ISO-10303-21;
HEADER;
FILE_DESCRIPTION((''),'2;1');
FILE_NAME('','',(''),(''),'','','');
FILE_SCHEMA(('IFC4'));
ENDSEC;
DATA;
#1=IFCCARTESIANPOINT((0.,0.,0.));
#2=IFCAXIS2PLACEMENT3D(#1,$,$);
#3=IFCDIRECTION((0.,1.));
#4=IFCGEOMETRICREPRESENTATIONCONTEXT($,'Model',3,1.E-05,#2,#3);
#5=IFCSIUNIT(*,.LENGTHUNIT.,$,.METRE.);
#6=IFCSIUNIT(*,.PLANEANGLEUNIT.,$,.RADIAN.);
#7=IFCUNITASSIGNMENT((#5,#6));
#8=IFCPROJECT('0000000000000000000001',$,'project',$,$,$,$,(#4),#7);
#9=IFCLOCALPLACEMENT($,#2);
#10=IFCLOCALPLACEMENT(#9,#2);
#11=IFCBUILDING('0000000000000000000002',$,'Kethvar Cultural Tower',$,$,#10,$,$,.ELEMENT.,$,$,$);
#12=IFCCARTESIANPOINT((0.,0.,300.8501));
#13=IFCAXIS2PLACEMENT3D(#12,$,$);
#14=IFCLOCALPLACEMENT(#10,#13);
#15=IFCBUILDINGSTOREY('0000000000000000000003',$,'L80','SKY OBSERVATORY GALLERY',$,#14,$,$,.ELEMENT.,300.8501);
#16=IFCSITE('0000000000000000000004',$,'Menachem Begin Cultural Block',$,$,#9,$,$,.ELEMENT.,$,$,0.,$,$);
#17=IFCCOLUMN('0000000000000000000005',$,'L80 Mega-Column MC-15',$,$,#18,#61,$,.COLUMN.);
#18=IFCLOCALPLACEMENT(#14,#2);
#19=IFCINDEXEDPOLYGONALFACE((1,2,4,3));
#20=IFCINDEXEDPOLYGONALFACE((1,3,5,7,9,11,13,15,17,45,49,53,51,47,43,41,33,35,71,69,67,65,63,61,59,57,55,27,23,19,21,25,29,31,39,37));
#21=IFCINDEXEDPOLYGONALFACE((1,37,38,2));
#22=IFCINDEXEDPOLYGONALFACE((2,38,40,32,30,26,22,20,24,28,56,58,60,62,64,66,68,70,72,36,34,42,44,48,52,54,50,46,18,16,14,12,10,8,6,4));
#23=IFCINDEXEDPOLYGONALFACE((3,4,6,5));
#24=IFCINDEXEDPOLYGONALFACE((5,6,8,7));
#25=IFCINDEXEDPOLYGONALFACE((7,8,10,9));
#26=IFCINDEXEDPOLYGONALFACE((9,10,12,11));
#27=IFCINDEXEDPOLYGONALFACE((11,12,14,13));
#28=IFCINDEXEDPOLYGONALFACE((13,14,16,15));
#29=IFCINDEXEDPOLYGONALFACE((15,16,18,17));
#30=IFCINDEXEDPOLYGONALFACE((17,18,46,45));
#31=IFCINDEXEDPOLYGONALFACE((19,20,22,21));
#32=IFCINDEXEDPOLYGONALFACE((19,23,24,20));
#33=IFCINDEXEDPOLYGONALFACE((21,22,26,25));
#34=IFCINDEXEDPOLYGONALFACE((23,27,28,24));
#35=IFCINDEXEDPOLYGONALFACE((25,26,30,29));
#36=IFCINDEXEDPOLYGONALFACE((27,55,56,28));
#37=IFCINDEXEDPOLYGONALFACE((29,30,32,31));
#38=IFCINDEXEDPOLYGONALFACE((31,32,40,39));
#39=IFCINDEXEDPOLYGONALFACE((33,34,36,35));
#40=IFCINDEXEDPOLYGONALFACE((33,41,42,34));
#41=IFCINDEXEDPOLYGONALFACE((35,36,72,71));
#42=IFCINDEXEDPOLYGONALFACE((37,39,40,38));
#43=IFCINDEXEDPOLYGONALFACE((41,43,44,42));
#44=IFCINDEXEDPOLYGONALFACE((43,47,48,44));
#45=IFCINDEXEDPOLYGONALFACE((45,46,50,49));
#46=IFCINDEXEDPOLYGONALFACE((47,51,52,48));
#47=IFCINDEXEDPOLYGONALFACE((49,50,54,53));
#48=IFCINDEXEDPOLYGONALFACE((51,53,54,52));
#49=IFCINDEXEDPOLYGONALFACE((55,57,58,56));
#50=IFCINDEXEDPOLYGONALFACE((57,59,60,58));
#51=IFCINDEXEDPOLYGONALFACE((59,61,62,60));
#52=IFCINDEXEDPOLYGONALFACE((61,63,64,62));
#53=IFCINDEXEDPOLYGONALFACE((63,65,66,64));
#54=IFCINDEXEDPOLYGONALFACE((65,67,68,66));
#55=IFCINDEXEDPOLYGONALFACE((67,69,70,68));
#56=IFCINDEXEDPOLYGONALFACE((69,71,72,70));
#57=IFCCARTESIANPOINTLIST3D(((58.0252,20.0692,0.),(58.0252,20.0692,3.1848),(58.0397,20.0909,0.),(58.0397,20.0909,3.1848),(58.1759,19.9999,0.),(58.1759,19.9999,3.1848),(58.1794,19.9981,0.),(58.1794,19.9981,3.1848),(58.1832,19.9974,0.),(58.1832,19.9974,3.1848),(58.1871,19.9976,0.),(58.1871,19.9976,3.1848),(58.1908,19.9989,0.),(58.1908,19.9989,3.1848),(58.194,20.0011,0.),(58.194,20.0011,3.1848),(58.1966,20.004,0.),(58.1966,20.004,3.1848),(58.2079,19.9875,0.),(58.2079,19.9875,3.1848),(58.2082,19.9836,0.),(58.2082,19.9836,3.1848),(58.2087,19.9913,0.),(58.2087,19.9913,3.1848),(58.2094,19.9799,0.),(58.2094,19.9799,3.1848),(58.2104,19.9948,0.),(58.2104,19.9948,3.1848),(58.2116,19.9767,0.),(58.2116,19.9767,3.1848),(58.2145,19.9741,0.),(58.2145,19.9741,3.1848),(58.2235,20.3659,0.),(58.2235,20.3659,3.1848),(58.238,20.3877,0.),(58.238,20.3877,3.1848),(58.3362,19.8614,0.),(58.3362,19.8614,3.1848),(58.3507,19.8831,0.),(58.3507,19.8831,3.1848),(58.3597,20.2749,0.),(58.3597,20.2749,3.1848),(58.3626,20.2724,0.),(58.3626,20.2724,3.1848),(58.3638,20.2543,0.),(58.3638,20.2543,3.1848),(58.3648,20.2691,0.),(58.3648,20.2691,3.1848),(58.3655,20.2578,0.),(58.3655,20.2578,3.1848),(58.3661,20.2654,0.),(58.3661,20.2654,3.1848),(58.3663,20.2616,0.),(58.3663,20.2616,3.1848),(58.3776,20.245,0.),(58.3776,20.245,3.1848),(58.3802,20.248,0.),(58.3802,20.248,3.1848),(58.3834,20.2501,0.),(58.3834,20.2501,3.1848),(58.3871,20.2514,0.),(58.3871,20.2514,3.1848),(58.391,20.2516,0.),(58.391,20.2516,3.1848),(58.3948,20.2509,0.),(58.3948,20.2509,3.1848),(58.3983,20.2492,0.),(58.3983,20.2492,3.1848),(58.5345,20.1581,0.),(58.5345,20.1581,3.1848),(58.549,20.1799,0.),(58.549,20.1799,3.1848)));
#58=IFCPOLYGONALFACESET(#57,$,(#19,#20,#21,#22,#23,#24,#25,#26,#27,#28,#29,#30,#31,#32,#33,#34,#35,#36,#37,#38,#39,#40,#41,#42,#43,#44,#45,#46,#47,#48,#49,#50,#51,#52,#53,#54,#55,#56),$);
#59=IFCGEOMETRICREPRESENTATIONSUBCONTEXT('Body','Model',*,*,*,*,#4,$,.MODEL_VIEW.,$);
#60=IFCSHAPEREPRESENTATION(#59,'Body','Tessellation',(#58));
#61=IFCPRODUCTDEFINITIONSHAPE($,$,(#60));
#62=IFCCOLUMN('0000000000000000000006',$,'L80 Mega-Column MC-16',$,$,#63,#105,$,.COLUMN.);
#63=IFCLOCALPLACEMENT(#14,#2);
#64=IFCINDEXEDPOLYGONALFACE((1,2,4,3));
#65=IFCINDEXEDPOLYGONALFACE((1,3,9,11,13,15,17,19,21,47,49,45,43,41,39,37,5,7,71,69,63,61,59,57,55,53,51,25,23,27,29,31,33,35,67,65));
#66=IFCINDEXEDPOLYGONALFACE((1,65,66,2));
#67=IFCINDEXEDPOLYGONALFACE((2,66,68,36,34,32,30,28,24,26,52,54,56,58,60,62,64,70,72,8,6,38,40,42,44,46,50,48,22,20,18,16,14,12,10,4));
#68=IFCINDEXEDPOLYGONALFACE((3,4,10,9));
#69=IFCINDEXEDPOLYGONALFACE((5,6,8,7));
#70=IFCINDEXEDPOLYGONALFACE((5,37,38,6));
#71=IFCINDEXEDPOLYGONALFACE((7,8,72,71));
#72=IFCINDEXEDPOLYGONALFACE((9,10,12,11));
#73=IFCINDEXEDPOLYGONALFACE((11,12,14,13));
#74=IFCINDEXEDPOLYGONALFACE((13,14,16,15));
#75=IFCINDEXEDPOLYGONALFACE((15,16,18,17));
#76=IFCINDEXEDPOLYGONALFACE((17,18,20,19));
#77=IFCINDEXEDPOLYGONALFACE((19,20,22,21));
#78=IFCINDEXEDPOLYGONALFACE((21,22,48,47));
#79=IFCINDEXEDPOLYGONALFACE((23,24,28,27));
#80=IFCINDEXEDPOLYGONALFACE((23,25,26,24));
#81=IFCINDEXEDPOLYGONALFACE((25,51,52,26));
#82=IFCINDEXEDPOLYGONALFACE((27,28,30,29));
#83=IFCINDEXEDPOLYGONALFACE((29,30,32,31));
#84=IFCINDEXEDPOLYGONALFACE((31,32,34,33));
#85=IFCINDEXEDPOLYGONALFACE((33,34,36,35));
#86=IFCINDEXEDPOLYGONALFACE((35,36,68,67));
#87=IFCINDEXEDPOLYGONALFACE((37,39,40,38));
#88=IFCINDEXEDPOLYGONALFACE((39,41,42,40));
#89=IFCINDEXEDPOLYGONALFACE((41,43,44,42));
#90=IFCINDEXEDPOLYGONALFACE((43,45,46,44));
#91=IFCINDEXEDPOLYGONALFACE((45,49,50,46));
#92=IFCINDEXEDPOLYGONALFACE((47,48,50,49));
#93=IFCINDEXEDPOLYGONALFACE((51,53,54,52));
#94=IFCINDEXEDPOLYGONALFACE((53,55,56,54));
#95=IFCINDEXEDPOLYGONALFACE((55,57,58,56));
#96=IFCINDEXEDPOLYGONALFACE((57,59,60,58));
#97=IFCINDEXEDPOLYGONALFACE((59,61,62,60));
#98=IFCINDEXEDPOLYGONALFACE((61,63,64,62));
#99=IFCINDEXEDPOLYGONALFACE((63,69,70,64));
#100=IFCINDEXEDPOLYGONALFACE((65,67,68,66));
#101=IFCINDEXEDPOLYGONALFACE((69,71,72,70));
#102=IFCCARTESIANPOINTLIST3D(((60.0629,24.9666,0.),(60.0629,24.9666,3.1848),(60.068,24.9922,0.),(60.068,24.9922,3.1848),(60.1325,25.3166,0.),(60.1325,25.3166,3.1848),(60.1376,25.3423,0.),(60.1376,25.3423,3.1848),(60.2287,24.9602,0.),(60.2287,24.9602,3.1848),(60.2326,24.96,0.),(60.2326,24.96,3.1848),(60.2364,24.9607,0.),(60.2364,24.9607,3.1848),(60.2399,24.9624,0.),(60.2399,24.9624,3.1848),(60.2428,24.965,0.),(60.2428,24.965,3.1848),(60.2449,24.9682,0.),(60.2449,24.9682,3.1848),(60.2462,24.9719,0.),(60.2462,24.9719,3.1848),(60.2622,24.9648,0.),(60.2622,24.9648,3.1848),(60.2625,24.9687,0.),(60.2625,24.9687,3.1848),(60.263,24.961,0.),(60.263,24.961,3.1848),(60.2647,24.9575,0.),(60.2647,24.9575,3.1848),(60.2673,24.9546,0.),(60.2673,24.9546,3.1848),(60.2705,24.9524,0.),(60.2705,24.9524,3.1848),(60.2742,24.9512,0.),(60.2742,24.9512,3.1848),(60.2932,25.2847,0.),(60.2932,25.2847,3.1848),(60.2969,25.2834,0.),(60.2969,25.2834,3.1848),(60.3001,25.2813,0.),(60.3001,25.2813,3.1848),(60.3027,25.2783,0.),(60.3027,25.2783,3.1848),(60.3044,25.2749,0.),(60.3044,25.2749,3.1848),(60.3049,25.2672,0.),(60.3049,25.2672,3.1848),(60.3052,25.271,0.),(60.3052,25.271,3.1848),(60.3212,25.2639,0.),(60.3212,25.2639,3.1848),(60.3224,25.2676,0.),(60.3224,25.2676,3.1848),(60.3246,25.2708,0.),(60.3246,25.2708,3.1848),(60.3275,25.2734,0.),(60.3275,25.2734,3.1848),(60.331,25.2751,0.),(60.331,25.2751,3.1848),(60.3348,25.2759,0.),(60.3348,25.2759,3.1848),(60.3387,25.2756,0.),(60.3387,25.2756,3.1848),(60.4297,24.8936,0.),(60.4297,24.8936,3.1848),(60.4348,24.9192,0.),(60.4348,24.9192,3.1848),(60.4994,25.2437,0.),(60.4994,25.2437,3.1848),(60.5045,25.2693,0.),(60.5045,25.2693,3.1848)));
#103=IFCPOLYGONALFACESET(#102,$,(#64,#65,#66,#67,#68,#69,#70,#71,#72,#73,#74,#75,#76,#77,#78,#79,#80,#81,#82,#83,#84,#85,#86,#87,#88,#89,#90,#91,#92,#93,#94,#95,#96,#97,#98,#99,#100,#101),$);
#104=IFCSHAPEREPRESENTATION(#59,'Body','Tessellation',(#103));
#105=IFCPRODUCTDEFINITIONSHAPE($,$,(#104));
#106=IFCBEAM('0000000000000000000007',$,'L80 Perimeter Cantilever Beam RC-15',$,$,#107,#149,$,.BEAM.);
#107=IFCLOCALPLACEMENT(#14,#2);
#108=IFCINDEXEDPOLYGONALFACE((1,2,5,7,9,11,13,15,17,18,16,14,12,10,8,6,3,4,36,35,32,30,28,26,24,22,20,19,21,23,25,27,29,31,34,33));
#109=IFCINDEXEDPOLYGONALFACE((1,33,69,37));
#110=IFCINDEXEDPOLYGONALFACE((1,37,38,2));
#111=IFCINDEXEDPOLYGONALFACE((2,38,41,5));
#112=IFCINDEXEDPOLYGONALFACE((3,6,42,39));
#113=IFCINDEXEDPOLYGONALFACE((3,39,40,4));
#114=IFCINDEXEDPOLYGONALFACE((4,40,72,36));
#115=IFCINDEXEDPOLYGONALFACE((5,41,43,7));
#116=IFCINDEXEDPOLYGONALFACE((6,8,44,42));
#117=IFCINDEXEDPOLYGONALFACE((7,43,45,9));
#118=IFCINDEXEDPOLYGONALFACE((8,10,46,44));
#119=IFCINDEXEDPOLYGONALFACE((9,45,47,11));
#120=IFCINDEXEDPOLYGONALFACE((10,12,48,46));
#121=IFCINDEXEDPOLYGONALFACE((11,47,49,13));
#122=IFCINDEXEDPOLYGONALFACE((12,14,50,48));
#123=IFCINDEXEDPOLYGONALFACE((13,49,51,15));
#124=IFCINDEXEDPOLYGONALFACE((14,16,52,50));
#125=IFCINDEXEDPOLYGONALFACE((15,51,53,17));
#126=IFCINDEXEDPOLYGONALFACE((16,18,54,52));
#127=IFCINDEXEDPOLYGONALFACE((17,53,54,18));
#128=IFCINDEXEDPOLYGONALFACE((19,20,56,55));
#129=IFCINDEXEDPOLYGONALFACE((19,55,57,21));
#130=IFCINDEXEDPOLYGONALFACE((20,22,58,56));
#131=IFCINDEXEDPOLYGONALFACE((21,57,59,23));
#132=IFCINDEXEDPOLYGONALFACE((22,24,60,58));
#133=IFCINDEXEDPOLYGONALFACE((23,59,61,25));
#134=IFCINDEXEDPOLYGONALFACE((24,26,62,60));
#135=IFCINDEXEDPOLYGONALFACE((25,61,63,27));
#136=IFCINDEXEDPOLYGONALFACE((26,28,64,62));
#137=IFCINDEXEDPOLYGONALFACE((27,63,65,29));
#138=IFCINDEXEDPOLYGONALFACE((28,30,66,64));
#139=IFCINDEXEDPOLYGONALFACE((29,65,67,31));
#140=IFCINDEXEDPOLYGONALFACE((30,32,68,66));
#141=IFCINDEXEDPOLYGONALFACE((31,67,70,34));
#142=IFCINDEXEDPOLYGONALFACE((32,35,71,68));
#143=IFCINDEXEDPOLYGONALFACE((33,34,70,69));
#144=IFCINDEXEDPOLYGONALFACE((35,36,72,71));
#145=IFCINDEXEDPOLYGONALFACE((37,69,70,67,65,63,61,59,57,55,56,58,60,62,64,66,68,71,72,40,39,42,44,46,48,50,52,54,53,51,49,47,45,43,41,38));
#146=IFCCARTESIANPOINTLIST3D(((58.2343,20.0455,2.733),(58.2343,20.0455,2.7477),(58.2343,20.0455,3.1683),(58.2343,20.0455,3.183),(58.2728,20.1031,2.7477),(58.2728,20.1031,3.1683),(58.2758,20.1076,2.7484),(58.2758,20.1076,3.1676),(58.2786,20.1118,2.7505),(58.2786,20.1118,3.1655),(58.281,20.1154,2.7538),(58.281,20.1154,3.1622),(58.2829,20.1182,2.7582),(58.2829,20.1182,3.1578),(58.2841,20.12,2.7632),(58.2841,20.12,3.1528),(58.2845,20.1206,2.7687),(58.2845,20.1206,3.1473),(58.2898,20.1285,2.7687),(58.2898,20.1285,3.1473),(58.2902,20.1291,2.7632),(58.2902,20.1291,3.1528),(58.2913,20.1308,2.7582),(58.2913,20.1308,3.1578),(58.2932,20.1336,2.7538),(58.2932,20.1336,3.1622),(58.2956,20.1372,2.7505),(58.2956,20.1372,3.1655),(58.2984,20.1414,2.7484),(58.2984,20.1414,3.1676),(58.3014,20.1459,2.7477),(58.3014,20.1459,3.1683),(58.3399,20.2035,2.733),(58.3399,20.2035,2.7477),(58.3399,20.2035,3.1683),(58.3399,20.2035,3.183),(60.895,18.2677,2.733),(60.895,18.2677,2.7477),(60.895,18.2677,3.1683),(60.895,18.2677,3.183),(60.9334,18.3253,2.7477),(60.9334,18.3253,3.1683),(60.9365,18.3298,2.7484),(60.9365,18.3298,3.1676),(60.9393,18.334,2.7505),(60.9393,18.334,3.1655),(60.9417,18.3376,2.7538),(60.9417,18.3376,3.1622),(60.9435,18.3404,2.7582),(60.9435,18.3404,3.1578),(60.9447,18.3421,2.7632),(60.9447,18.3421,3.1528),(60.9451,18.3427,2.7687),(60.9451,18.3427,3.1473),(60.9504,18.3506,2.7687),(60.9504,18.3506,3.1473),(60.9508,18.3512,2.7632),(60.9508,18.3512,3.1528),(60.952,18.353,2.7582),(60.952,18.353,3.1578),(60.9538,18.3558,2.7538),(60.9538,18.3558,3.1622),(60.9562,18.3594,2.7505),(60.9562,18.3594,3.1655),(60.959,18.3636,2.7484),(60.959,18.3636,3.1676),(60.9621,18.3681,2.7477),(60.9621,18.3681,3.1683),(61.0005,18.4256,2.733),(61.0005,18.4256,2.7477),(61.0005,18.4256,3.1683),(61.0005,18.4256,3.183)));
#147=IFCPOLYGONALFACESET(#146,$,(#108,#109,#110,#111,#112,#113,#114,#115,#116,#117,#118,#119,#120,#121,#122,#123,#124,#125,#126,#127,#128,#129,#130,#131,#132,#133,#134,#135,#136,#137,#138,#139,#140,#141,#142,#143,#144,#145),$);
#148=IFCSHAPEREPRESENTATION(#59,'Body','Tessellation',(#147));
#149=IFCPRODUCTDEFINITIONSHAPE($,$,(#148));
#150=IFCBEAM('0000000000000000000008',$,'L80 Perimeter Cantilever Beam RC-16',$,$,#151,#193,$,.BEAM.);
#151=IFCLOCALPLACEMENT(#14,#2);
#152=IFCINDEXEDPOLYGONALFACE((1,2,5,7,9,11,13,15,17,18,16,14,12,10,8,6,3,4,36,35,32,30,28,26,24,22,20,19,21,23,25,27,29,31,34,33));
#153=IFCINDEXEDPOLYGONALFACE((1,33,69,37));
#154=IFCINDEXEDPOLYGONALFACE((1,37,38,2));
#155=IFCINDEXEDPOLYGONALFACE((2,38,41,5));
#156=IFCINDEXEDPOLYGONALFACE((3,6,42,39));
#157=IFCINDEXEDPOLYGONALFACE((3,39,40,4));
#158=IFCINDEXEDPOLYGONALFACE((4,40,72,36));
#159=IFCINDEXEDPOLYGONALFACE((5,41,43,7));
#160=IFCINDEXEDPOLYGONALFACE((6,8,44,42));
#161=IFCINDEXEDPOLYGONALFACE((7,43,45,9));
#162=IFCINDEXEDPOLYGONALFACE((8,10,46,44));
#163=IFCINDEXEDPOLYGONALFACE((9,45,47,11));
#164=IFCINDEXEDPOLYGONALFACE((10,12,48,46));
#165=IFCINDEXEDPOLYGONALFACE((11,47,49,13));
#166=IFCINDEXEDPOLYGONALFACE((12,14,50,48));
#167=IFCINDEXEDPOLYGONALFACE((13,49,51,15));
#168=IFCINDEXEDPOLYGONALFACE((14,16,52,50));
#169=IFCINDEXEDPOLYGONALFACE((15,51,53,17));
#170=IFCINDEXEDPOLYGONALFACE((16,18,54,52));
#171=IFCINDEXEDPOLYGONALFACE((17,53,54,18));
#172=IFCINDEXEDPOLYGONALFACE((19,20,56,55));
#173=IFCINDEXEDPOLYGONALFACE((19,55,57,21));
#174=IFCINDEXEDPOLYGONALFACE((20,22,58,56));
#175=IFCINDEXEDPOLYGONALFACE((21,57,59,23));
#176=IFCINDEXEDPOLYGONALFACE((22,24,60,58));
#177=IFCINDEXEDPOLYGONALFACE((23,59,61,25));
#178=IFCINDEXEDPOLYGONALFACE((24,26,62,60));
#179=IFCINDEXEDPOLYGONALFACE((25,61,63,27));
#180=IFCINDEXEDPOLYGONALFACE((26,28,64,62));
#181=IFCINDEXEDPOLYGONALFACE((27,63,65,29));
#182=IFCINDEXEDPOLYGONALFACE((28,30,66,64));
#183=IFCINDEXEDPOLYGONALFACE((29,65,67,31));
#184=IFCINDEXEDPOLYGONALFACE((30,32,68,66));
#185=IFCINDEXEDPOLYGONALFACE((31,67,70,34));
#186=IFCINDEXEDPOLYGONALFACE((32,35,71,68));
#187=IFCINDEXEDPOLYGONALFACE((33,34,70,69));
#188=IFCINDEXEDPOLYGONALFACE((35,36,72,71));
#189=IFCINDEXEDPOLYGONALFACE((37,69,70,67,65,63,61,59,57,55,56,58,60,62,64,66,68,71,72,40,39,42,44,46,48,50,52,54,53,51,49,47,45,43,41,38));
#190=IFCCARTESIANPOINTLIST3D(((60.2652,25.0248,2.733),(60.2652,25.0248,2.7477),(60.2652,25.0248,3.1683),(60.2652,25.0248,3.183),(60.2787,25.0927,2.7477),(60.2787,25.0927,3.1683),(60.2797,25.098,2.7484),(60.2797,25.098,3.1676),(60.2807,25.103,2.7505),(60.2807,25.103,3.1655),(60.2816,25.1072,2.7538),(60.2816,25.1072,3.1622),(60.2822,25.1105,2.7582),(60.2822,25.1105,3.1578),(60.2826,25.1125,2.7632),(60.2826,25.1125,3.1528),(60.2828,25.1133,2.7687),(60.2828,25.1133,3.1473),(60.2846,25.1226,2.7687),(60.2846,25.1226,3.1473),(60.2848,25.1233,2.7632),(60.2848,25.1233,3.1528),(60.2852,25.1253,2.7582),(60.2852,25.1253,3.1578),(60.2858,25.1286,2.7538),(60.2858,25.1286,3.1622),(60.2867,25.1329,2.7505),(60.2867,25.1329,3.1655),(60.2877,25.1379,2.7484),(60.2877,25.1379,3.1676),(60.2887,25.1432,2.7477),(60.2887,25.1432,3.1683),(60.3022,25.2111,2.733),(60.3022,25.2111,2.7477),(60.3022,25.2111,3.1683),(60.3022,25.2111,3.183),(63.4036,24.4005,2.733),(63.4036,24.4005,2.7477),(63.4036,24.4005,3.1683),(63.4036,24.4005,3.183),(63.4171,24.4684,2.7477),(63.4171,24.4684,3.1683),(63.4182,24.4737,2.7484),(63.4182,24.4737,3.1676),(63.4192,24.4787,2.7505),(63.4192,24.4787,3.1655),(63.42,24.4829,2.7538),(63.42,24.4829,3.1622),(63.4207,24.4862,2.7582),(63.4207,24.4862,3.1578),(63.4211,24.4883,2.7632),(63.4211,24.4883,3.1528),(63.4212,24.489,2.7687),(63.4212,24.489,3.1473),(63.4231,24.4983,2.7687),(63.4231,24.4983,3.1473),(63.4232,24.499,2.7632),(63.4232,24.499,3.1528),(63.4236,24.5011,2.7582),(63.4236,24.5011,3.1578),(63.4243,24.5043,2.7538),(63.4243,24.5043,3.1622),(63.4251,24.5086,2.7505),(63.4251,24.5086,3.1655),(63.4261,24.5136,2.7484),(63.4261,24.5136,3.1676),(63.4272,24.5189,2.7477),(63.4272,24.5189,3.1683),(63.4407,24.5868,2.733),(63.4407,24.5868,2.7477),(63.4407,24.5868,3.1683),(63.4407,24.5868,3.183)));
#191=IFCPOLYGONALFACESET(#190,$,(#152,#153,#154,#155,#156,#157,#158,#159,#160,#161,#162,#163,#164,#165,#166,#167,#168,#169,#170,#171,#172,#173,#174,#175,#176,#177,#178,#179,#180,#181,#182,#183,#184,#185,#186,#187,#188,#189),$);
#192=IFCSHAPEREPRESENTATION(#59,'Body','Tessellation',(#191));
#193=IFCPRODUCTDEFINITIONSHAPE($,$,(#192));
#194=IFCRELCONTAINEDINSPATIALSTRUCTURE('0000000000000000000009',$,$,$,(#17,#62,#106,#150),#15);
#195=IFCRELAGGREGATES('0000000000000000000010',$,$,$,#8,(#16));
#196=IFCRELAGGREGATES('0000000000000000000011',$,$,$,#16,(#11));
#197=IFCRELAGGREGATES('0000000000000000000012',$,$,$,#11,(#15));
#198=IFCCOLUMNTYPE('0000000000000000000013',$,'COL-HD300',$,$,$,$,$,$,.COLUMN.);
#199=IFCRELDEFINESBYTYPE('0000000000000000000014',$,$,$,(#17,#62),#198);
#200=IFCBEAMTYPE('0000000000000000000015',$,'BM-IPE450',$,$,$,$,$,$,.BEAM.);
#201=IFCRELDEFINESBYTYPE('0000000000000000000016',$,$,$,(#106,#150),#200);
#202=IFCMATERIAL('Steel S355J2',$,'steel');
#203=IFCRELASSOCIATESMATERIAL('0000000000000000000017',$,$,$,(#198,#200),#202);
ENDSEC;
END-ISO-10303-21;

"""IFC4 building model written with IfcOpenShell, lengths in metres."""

from ifc_helpers import new_model, si_unit, direction, frame, origin, origin_2d, place, context, subcontext, project, spatial, i_section, extrude, source, transform, mapped, material, material_profile, profile_set, type_object, element, save


model = new_model("IFC4")

# Units and contexts
model_context = context("Model", 3, precision=1e-05, world=origin(), true_north=direction((0.0, 1.0)))
body_context = subcontext(model_context, "Body", "Model", "MODEL_VIEW")
ifc_project = project(units=[si_unit("LENGTHUNIT", "METRE"), si_unit("PLANEANGLEUNIT", "RADIAN")], contexts=[model_context])

# Site, building, storey
site_placement = place(None, origin())
site = spatial("IfcSite", under=ifc_project, at=site_placement, Name="Menachem Begin Cultural Block", CompositionType="ELEMENT", RefElevation=0.0)
building_placement = place(site_placement, origin())
building = spatial("IfcBuilding", under=site, at=building_placement, Name="Kethvar Cultural Tower", CompositionType="ELEMENT")
storey_placement = place(building_placement, frame((0.0, 0.0, 300.8501)))
storey = spatial("IfcBuildingStorey", under=building, at=storey_placement, Name="L80", Description="SKY OBSERVATORY GALLERY", CompositionType="ELEMENT", Elevation=300.8501)

# Columns
ifc_material_1 = material(Name="Steel S355J2", Category="steel")
ifc_material_profile_1 = material_profile(ifc_material_1, i_section(OverallWidth=0.374, OverallDepth=0.3831, WebThickness=0.0166, FlangeThickness=0.0261, FilletRadius=0.0149, at=origin_2d()), Name="Steel S355J2 — HD360x300")
ifc_profile_set_1 = profile_set([ifc_material_profile_1], Name="Steel S355J2 — HD360x300")
column_type = type_object("IfcColumnType", Name="COL-HD300", PredefinedType="COLUMN", material=ifc_profile_set_1)
shared_shape_1 = source(origin(), body_context, "Body", "SweptSolid", [
    extrude(i_section(OverallWidth=0.374, OverallDepth=0.3831, WebThickness=0.0166, FlangeThickness=0.0261, FilletRadius=0.0149, at=origin_2d()), origin(), (0.0, 0.0, 1.0), 3.1848),
])
for number, where, z_axis, x_axis, name in (
    (1, (58.2871, 20.1245, 0.0), (0.0, 0.0, 1.0), (0.83147, -0.55557, 0.0), "L80 Mega-Column MC-15"),
    (2, (60.2837, 25.1179, 0.0), (0.0, 0.0, 1.0), (0.980785, -0.19509, 0.0), "L80 Mega-Column MC-16"),
):
    element("IfcColumn", number, at=place(storey_placement, frame(where, z_axis=z_axis, x_axis=x_axis)), inside=storey, type_object=column_type, Name=name, PredefinedType="COLUMN", context=body_context, shape_type="MappedRepresentation", body=[
        mapped(shared_shape_1, transform((0.0, 0.0, 0.0), scale=1.0)),
    ])

# Beams
ifc_material_profile_2 = material_profile(ifc_material_1, i_section(OverallWidth=0.1899, OverallDepth=0.45, WebThickness=0.0095, FlangeThickness=0.0146, FilletRadius=0.021, at=origin_2d()), Name="Steel S355J2 — IPE450")
ifc_profile_set_2 = profile_set([ifc_material_profile_2], Name="Steel S355J2 — IPE450")
beam_type_1 = type_object("IfcBeamType", Name="BM-IPE450", PredefinedType="BEAM", material=ifc_profile_set_2)
shared_shape_2 = source(origin(), body_context, "Body", "SweptSolid", [
    extrude(i_section(OverallWidth=0.1899, OverallDepth=0.45, WebThickness=0.0095, FlangeThickness=0.0146, FilletRadius=0.021, at=origin_2d()), origin(), (0.0, 0.0, 1.0), 3.2),
])
for number, where, z_axis, x_axis, name in (
    (3, (58.2871, 20.1245, 2.958), (0.831463, -0.55558, 0.0), (0.55558, 0.831463, 0.0), "L80 Perimeter Cantilever Beam RC-15"),
    (4, (60.2837, 25.1179, 2.958), (0.980786, -0.195089, 0.0), (0.195089, 0.980786, 0.0), "L80 Perimeter Cantilever Beam RC-16"),
):
    element("IfcBeam", number, at=place(storey_placement, frame(where, z_axis=z_axis, x_axis=x_axis)), inside=storey, type_object=beam_type_1, Name=name, PredefinedType="BEAM", context=body_context, shape_type="MappedRepresentation", body=[
        mapped(shared_shape_2, transform((0.0, 0.0, 0.0), scale=1.0)),
    ])

save(model, "model.ifc")
